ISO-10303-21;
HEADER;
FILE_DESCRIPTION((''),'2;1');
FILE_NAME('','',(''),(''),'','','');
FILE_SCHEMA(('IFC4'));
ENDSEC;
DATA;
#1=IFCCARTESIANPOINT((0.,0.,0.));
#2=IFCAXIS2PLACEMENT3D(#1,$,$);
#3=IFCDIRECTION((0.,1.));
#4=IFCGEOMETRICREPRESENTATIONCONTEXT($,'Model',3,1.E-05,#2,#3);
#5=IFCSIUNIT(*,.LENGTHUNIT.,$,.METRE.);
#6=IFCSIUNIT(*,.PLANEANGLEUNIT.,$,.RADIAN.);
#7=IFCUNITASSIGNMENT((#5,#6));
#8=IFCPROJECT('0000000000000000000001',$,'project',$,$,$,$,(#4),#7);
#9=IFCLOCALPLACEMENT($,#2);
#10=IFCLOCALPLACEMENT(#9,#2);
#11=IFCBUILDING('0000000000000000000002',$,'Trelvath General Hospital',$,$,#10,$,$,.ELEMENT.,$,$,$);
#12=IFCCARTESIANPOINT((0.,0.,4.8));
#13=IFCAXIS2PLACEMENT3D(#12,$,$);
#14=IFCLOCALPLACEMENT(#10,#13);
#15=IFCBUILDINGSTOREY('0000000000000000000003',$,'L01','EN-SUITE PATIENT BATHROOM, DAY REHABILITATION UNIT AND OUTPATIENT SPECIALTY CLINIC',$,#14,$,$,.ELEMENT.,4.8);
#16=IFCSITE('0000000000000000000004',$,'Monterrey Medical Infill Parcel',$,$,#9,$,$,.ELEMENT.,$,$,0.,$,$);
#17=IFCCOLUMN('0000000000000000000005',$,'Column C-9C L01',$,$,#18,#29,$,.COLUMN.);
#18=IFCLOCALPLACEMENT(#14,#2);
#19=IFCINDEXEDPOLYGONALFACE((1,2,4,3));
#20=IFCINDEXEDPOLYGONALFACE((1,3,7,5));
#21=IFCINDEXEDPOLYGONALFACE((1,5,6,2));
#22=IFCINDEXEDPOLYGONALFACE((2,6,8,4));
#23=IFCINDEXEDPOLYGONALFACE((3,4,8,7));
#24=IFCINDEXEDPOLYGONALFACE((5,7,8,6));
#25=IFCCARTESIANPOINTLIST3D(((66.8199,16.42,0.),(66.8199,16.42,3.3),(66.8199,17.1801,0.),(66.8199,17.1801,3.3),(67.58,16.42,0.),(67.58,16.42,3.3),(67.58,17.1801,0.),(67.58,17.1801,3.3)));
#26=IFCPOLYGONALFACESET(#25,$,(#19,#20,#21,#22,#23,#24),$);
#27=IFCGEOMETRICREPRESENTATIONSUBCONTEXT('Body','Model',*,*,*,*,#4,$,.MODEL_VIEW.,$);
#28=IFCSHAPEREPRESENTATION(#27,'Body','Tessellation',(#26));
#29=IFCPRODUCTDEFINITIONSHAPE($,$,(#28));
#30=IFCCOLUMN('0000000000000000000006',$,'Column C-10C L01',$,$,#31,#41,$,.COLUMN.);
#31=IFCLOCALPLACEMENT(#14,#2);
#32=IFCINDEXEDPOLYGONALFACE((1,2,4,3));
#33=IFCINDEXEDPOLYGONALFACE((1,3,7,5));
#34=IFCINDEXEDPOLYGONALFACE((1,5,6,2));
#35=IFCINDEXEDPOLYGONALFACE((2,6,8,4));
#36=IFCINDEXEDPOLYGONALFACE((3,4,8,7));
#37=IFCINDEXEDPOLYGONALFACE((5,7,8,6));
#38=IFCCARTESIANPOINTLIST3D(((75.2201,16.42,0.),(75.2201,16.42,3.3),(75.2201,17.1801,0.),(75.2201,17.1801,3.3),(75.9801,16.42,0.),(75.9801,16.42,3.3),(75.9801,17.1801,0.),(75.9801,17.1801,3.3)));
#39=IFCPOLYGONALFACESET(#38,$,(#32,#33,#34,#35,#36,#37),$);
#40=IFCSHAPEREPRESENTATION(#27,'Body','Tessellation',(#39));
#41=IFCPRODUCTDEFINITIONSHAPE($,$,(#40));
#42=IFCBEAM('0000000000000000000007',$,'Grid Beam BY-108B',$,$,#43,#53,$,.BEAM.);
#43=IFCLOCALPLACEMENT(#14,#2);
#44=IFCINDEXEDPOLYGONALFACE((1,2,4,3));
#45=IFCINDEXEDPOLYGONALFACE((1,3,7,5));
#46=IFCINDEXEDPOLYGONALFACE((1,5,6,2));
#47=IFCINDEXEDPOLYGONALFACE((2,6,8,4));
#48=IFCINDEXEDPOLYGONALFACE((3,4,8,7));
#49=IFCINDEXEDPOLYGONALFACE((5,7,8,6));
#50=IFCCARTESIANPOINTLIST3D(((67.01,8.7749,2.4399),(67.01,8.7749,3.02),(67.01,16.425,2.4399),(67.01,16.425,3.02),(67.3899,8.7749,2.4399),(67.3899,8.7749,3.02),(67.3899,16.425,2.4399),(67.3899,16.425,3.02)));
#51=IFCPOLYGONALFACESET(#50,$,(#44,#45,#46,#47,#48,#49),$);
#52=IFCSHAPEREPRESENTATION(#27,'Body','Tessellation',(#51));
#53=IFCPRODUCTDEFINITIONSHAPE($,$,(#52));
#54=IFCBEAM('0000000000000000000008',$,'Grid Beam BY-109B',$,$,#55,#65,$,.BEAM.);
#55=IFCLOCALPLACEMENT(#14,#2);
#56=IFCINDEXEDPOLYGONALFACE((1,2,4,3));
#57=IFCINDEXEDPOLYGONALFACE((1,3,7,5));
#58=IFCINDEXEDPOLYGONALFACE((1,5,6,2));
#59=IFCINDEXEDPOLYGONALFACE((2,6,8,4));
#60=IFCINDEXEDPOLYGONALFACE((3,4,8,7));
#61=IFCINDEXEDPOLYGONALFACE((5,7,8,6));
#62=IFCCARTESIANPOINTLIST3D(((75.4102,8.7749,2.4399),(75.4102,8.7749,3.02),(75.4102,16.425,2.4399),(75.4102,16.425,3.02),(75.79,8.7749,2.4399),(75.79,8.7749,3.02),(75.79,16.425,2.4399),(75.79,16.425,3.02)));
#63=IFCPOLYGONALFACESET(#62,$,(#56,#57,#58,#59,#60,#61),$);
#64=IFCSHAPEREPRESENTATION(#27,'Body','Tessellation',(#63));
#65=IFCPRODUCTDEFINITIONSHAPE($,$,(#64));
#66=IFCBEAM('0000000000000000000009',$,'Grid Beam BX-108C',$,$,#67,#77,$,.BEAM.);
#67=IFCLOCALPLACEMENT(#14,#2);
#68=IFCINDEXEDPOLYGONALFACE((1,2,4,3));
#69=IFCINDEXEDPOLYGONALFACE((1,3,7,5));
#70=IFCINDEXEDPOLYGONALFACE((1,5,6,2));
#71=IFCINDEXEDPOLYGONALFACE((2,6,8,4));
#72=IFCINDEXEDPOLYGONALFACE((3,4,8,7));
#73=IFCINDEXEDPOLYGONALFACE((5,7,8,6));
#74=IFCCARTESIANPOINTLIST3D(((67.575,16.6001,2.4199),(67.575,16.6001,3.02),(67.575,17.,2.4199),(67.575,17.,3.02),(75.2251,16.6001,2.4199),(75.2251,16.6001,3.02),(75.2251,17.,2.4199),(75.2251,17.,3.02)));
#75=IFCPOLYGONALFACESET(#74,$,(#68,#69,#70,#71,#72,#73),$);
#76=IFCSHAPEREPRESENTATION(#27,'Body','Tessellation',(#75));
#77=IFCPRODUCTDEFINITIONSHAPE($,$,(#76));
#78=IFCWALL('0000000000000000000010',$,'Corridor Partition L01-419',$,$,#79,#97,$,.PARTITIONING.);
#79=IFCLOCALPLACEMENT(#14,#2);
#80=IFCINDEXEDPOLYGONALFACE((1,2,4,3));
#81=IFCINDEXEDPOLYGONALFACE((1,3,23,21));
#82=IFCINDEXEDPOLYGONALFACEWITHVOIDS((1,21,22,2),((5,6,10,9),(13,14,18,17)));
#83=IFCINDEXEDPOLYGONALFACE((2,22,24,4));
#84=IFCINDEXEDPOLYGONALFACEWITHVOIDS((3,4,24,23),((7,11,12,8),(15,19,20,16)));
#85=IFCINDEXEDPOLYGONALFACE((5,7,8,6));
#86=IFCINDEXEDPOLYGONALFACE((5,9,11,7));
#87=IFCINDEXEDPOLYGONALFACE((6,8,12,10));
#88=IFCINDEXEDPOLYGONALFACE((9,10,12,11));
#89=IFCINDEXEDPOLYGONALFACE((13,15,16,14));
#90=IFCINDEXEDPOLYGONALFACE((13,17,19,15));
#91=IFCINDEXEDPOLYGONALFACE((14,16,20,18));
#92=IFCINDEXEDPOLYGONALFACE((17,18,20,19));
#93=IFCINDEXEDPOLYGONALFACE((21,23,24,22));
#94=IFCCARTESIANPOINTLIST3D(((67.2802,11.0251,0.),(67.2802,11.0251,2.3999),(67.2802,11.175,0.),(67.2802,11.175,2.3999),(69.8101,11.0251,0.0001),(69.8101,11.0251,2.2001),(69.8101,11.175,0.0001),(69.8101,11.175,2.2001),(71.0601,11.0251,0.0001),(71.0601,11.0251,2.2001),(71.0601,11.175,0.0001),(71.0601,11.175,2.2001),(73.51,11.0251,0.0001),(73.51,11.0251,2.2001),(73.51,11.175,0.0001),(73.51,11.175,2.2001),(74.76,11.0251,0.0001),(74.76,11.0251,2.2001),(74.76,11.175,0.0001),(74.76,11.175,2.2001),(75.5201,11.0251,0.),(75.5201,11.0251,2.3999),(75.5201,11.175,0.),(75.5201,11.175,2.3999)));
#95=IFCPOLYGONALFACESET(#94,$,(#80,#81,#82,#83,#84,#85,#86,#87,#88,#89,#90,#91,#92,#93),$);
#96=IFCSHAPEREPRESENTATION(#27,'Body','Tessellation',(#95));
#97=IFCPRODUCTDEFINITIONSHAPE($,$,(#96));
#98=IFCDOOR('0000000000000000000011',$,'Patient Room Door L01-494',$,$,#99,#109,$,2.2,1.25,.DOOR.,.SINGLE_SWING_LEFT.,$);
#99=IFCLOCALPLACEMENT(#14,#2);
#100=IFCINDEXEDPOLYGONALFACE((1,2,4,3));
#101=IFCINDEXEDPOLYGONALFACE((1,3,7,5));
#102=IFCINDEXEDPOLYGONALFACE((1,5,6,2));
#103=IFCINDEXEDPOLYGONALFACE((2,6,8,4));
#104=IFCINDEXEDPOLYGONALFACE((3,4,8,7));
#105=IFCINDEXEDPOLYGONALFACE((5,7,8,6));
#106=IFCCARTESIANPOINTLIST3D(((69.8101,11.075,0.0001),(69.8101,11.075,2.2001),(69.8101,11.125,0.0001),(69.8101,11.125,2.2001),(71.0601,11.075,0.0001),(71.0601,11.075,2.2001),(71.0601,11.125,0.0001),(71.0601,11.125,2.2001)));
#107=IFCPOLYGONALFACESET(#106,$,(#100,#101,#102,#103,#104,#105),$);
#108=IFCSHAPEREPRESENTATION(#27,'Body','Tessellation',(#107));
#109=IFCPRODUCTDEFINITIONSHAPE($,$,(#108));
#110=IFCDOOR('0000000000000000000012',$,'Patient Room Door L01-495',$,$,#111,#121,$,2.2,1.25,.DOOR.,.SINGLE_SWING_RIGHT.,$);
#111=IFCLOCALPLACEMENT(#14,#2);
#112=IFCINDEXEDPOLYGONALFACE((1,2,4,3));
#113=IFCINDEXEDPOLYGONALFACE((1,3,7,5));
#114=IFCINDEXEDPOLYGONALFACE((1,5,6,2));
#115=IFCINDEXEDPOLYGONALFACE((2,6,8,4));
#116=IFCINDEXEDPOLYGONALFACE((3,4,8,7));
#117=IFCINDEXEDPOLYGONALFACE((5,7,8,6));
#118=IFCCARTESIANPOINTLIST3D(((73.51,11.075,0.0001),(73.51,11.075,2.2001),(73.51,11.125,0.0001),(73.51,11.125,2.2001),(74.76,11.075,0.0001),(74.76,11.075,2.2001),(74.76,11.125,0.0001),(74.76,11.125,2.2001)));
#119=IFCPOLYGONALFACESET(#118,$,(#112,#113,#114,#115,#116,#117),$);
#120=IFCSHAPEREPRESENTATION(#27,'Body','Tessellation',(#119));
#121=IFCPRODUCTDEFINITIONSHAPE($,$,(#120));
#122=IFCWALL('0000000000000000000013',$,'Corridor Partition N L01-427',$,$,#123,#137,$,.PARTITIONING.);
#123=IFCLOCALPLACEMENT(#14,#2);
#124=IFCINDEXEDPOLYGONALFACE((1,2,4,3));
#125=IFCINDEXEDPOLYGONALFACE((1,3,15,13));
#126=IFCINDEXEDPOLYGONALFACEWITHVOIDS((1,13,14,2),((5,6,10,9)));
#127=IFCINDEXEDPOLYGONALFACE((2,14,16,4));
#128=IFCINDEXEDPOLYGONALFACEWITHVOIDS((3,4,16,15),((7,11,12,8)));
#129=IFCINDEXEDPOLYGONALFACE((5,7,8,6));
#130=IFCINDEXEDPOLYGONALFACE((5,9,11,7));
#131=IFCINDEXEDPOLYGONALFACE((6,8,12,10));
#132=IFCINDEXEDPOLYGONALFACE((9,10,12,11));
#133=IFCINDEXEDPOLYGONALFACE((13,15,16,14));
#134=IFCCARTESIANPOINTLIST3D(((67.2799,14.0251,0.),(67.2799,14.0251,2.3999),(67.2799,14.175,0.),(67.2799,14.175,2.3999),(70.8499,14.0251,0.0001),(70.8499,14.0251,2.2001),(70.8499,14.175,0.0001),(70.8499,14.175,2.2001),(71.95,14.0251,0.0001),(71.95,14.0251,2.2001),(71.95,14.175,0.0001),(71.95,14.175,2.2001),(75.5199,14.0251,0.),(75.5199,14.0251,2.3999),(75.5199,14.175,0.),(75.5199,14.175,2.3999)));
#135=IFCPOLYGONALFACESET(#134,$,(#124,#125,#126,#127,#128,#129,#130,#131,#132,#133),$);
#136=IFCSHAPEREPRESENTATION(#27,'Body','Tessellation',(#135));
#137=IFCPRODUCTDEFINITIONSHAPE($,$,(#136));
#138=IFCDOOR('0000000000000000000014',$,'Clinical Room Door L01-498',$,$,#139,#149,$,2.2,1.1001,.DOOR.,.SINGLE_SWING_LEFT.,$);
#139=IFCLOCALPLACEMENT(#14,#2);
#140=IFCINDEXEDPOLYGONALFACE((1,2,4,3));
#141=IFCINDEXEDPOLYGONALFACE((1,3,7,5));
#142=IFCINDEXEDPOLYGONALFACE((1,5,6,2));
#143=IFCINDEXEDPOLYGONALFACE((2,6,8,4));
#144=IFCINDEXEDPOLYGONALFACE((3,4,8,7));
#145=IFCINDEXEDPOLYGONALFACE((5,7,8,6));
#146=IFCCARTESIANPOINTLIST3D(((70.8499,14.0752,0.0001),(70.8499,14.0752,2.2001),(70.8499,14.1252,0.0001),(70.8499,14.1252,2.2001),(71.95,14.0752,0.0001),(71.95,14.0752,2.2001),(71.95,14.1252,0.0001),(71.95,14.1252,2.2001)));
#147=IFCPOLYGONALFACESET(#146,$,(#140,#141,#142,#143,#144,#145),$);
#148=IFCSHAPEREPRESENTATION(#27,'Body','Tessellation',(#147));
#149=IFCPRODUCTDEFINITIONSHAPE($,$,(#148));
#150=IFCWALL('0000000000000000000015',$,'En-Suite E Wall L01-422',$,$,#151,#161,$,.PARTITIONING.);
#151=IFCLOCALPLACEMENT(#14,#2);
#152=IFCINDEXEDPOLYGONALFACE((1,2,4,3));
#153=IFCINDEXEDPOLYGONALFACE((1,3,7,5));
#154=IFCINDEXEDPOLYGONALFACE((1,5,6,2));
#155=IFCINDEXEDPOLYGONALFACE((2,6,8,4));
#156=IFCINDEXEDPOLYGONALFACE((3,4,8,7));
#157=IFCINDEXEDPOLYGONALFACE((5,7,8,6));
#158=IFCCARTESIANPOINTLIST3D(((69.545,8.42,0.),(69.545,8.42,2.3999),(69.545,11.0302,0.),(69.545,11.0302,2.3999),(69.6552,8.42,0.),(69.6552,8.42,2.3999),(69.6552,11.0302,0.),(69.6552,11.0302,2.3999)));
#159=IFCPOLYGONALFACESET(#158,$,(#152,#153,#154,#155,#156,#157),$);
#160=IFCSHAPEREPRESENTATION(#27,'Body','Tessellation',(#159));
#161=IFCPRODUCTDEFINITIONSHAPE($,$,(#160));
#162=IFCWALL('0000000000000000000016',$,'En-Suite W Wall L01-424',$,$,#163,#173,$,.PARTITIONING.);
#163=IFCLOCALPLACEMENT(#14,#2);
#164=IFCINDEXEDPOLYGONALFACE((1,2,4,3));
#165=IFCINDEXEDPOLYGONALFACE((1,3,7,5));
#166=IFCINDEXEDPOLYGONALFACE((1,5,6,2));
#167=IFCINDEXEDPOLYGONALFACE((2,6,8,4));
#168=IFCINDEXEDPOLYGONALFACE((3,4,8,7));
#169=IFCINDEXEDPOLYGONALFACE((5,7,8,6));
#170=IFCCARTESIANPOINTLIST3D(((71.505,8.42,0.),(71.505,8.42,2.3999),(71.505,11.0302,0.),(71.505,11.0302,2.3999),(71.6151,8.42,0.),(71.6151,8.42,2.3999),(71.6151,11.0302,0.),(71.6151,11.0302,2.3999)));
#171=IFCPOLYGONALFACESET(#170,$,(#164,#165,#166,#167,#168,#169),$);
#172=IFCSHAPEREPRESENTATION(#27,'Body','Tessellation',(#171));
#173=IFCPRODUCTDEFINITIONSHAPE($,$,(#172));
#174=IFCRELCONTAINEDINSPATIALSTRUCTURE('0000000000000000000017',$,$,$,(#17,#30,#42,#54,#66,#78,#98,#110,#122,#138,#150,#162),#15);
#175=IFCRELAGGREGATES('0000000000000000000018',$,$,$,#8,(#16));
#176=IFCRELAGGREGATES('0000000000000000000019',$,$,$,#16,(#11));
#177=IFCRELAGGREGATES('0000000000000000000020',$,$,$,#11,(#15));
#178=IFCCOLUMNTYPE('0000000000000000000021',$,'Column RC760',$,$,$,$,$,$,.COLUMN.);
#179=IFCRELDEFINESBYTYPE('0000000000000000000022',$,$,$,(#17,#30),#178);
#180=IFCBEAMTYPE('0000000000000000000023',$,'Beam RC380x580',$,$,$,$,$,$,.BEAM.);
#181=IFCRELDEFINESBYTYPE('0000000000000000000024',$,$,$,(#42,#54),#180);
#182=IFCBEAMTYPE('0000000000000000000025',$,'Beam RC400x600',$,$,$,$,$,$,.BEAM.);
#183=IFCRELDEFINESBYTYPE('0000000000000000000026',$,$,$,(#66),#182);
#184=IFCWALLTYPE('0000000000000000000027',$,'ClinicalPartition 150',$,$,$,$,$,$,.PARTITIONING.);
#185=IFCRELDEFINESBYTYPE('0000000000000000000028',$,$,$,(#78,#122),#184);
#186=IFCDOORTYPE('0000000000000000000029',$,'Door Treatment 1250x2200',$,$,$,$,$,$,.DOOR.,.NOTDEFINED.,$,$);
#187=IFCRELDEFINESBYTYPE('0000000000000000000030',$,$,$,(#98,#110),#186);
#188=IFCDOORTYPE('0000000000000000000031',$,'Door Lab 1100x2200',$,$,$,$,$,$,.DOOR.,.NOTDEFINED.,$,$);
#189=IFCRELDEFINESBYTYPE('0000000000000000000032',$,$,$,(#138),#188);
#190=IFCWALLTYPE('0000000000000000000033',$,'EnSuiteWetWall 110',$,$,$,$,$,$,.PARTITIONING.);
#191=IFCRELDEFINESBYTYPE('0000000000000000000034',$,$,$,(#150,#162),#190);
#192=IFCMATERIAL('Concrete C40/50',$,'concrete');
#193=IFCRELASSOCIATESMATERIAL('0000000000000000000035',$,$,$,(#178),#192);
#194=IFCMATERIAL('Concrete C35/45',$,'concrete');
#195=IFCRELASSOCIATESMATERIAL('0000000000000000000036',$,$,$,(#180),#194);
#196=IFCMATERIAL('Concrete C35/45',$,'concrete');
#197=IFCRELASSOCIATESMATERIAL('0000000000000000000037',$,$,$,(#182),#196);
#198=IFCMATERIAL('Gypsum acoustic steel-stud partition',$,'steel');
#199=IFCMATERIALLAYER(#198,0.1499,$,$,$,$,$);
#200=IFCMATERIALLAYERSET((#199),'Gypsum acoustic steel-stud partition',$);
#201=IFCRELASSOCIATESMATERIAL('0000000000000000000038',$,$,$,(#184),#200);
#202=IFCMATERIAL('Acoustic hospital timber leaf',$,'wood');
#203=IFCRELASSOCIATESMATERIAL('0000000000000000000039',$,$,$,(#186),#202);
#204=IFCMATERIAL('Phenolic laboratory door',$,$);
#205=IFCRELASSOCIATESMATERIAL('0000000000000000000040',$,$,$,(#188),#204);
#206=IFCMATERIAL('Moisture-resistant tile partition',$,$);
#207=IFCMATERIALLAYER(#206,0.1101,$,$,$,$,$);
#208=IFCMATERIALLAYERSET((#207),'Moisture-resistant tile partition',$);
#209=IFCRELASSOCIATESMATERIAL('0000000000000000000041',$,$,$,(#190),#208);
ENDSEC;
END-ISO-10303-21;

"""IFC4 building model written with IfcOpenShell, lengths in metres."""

from ifc_helpers import new_model, si_unit, direction, frame, frame_2d, origin, origin_2d, place, context, subcontext, project, spatial, rectangle, extrude, material, layer, layer_set, material_profile, profile_set, type_object, element, fill, save


model = new_model("IFC4")

# Units and contexts
model_context = context("Model", 3, precision=1e-05, world=origin(), true_north=direction((0.0, 1.0)))
body_context = subcontext(model_context, "Body", "Model", "MODEL_VIEW")
ifc_project = project(units=[si_unit("LENGTHUNIT", "METRE"), si_unit("PLANEANGLEUNIT", "RADIAN")], contexts=[model_context])

# Site, building, storey
site_placement = place(None, origin())
site = spatial("IfcSite", under=ifc_project, at=site_placement, Name="Monterrey Medical Infill Parcel", CompositionType="ELEMENT", RefElevation=0.0)
building_placement = place(site_placement, origin())
building = spatial("IfcBuilding", under=site, at=building_placement, Name="Trelvath General Hospital", CompositionType="ELEMENT")
storey_placement = place(building_placement, frame((0.0, 0.0, 4.8)))
storey = spatial("IfcBuildingStorey", under=building, at=storey_placement, Name="L01", Description="EN-SUITE PATIENT BATHROOM, DAY REHABILITATION UNIT AND OUTPATIENT SPECIALTY CLINIC", CompositionType="ELEMENT", Elevation=4.8)

# Columns
ifc_material_1 = material(Name="Concrete C40/50", Category="concrete")
ifc_material_profile_1 = material_profile(ifc_material_1, rectangle(XDim=0.76, YDim=0.76, at=origin_2d()), Name="RC760x760")
ifc_profile_set_1 = profile_set([ifc_material_profile_1], Name="Concrete C40/50")
column_type = type_object("IfcColumnType", Name="Column RC760", PredefinedType="COLUMN", material=ifc_profile_set_1)
for number, where, z_axis, x_axis, name in (
    (1, (67.2, 16.8, 0.0), (0.0, 0.0, 1.0), (1.0, 0.0, 0.0), "Column C-9C L01"),
    (2, (75.6001, 16.8, 0.0), (0.0, 0.0, 1.0), (1.0, 0.0, 0.0), "Column C-10C L01"),
):
    element("IfcColumn", number, at=place(storey_placement, frame(where, z_axis=z_axis, x_axis=x_axis)), inside=storey, type_object=column_type, Name=name, PredefinedType="COLUMN", context=body_context, shape_type="SweptSolid", body=[
        extrude(rectangle(XDim=0.76, YDim=0.76, at=origin_2d()), origin(), (0.0, 0.0, 1.0), 3.3),
    ])

# Beams
ifc_material_2 = material(Name="Concrete C35/45", Category="concrete")
ifc_material_profile_2 = material_profile(ifc_material_2, rectangle(XDim=0.3799, YDim=0.5801, at=origin_2d()), Name="RCB380x580")
ifc_profile_set_2 = profile_set([ifc_material_profile_2], Name="Concrete C35/45")
beam_type_1 = type_object("IfcBeamType", Name="Beam RC380x580", PredefinedType="BEAM", material=ifc_profile_set_2)
for number, where, z_axis, x_axis, name in (
    (3, (67.2, 8.7749, 2.73), (0.0, 1.0, 0.0), (-1.0, 0.0, 0.0), "Grid Beam BY-108B"),
    (4, (75.6001, 8.7749, 2.73), (0.0, 1.0, 0.0), (-1.0, 0.0, 0.0), "Grid Beam BY-109B"),
):
    element("IfcBeam", number, at=place(storey_placement, frame(where, z_axis=z_axis, x_axis=x_axis)), inside=storey, type_object=beam_type_1, Name=name, PredefinedType="BEAM", context=body_context, shape_type="SweptSolid", body=[
        extrude(rectangle(XDim=0.3799, YDim=0.5801, at=origin_2d()), origin(), (0.0, 0.0, 1.0), 7.6501),
    ])
ifc_material_3 = material(Name="Concrete C35/45", Category="concrete")
ifc_material_profile_3 = material_profile(ifc_material_3, rectangle(XDim=0.3999, YDim=0.6001, at=origin_2d()), Name="RCB400x600")
ifc_profile_set_3 = profile_set([ifc_material_profile_3], Name="Concrete C35/45")
beam_type_2 = type_object("IfcBeamType", Name="Beam RC400x600", PredefinedType="BEAM", material=ifc_profile_set_3)
beam_placement = place(storey_placement, frame((67.575, 16.8, 2.72), z_axis=(1.0, 0.0, 0.0), x_axis=(0.0, 1.0, 0.0)))
element("IfcBeam", 5, at=beam_placement, inside=storey, type_object=beam_type_2, Name="Grid Beam BX-108C", PredefinedType="BEAM", context=body_context, shape_type="SweptSolid", body=[
    extrude(rectangle(XDim=0.3999, YDim=0.6001, at=origin_2d()), origin(), (0.0, 0.0, 1.0), 7.6501),
])

# Wall, openings, doors
ifc_material_4 = material(Name="Gypsum acoustic steel-stud partition", Category="steel")
ifc_layer_1 = layer(ifc_material_4, 0.1499)
ifc_layer_set_1 = layer_set([ifc_layer_1], Name="Gypsum acoustic steel-stud partition")
wall_type_1 = type_object("IfcWallType", Name="ClinicalPartition 150", PredefinedType="PARTITIONING", material=ifc_layer_set_1)
wall_1_placement = place(storey_placement, frame((67.28, 11.1001, 0.0), z_axis=(0.0, 0.0, 1.0), x_axis=(1.0, 0.0, 0.0)))
wall_1 = element("IfcWall", 6, at=wall_1_placement, inside=storey, type_object=wall_type_1, Name="Corridor Partition L01-419", PredefinedType="PARTITIONING", context=body_context, shape_type="SweptSolid", body=[
    extrude(rectangle(XDim=8.24, YDim=0.1499, at=frame_2d((4.1201, 0.0))), origin(), (0.0, 0.0, 1.0), 2.3999),
])
opening_1_placement = place(wall_1_placement, frame((2.53, 0.0, 0.0)))
opening_1 = element("IfcOpeningElement", 7, at=opening_1_placement, cuts=wall_1, PredefinedType="OPENING", context=body_context, shape_type="SweptSolid", body=[
    extrude(rectangle(XDim=1.25, YDim=2.2, at=frame_2d((0.625, 1.1001))), frame((0.0, 0.085, 0.0), z_axis=(0.0, -1.0, 0.0), x_axis=(1.0, 0.0, 0.0)), (0.0, 0.0, 1.0), 0.1699),
])
opening_2_placement = place(wall_1_placement, frame((6.23, 0.0, 0.0)))
opening_2 = element("IfcOpeningElement", 8, at=opening_2_placement, cuts=wall_1, PredefinedType="OPENING", context=body_context, shape_type="SweptSolid", body=[
    extrude(rectangle(XDim=1.25, YDim=2.2, at=frame_2d((0.625, 1.1001))), frame((0.0, 0.085, 0.0), z_axis=(0.0, -1.0, 0.0), x_axis=(1.0, 0.0, 0.0)), (0.0, 0.0, 1.0), 0.1699),
])
ifc_material_5 = material(Name="Acoustic hospital timber leaf", Category="wood")
door_type_1 = type_object("IfcDoorType", Name="Door Treatment 1250x2200", OperationType="NOTDEFINED", PredefinedType="DOOR", material=ifc_material_5)
door_1_placement = place(opening_1_placement, origin())
door_1 = element("IfcDoor", 9, at=door_1_placement, inside=storey, type_object=door_type_1, Name="Patient Room Door L01-494", OperationType="SINGLE_SWING_LEFT", OverallHeight=2.2, OverallWidth=1.25, PredefinedType="DOOR", context=body_context, shape_type="SweptSolid", body=[
    extrude(rectangle(XDim=1.25, YDim=2.2, at=frame_2d((0.625, 1.1001))), frame((0.0, 0.0249, 0.0), z_axis=(0.0, -1.0, 0.0), x_axis=(1.0, 0.0, 0.0)), (0.0, 0.0, 1.0), 0.05),
])
fill(opening_1, door_1)
door_2_placement = place(opening_2_placement, origin())
door_2 = element("IfcDoor", 10, at=door_2_placement, inside=storey, type_object=door_type_1, Name="Patient Room Door L01-495", OperationType="SINGLE_SWING_RIGHT", OverallHeight=2.2, OverallWidth=1.25, PredefinedType="DOOR", context=body_context, shape_type="SweptSolid", body=[
    extrude(rectangle(XDim=1.25, YDim=2.2, at=frame_2d((0.625, 1.1001))), frame((0.0, 0.0249, 0.0), z_axis=(0.0, -1.0, 0.0), x_axis=(1.0, 0.0, 0.0)), (0.0, 0.0, 1.0), 0.05),
])
fill(opening_2, door_2)

# Wall, opening, door
wall_2_placement = place(storey_placement, frame((75.52, 14.1001, 0.0), z_axis=(0.0, 0.0, 1.0), x_axis=(-1.0, 0.0, 0.0)))
wall_2 = element("IfcWall", 11, at=wall_2_placement, inside=storey, type_object=wall_type_1, Name="Corridor Partition N L01-427", PredefinedType="PARTITIONING", context=body_context, shape_type="SweptSolid", body=[
    extrude(rectangle(XDim=8.24, YDim=0.1499, at=frame_2d((4.1201, 0.0))), origin(), (0.0, 0.0, 1.0), 2.3999),
])
opening_3_placement = place(wall_2_placement, frame((3.5701, 0.0, 0.0)))
opening_3 = element("IfcOpeningElement", 12, at=opening_3_placement, cuts=wall_2, PredefinedType="OPENING", context=body_context, shape_type="SweptSolid", body=[
    extrude(rectangle(XDim=1.1001, YDim=2.2, at=frame_2d((0.55, 1.1001))), frame((0.0, 0.085, 0.0), z_axis=(0.0, -1.0, 0.0), x_axis=(1.0, 0.0, 0.0)), (0.0, 0.0, 1.0), 0.1699),
])
ifc_material_6 = material(Name="Phenolic laboratory door")
door_type_2 = type_object("IfcDoorType", Name="Door Lab 1100x2200", OperationType="NOTDEFINED", PredefinedType="DOOR", material=ifc_material_6)
door_3_placement = place(opening_3_placement, origin())
door_3 = element("IfcDoor", 13, at=door_3_placement, inside=storey, type_object=door_type_2, Name="Clinical Room Door L01-498", OperationType="SINGLE_SWING_LEFT", OverallHeight=2.2, OverallWidth=1.1001, PredefinedType="DOOR", context=body_context, shape_type="SweptSolid", body=[
    extrude(rectangle(XDim=1.1001, YDim=2.2, at=frame_2d((0.55, 1.1001))), frame((0.0, 0.0249, 0.0), z_axis=(0.0, -1.0, 0.0), x_axis=(1.0, 0.0, 0.0)), (0.0, 0.0, 1.0), 0.05),
])
fill(opening_3, door_3)

# Walls
ifc_material_7 = material(Name="Moisture-resistant tile partition")
ifc_layer_2 = layer(ifc_material_7, 0.1101)
ifc_layer_set_2 = layer_set([ifc_layer_2], Name="Moisture-resistant tile partition")
wall_type_2 = type_object("IfcWallType", Name="EnSuiteWetWall 110", PredefinedType="PARTITIONING", material=ifc_layer_set_2)
for number, where, z_axis, x_axis, name in (
    (14, (69.6001, 8.4199, 0.0), (0.0, 0.0, 1.0), (0.0, 1.0, 0.0), "En-Suite E Wall L01-422"),
    (15, (71.5601, 8.4199, 0.0), (0.0, 0.0, 1.0), (0.0, 1.0, 0.0), "En-Suite W Wall L01-424"),
):
    element("IfcWall", number, at=place(storey_placement, frame(where, z_axis=z_axis, x_axis=x_axis)), inside=storey, type_object=wall_type_2, Name=name, PredefinedType="PARTITIONING", context=body_context, shape_type="SweptSolid", body=[
        extrude(rectangle(XDim=2.6101, YDim=0.1101, at=frame_2d((1.3052, 0.0))), origin(), (0.0, 0.0, 1.0), 2.3999),
    ])

save(model, "model.ifc")
